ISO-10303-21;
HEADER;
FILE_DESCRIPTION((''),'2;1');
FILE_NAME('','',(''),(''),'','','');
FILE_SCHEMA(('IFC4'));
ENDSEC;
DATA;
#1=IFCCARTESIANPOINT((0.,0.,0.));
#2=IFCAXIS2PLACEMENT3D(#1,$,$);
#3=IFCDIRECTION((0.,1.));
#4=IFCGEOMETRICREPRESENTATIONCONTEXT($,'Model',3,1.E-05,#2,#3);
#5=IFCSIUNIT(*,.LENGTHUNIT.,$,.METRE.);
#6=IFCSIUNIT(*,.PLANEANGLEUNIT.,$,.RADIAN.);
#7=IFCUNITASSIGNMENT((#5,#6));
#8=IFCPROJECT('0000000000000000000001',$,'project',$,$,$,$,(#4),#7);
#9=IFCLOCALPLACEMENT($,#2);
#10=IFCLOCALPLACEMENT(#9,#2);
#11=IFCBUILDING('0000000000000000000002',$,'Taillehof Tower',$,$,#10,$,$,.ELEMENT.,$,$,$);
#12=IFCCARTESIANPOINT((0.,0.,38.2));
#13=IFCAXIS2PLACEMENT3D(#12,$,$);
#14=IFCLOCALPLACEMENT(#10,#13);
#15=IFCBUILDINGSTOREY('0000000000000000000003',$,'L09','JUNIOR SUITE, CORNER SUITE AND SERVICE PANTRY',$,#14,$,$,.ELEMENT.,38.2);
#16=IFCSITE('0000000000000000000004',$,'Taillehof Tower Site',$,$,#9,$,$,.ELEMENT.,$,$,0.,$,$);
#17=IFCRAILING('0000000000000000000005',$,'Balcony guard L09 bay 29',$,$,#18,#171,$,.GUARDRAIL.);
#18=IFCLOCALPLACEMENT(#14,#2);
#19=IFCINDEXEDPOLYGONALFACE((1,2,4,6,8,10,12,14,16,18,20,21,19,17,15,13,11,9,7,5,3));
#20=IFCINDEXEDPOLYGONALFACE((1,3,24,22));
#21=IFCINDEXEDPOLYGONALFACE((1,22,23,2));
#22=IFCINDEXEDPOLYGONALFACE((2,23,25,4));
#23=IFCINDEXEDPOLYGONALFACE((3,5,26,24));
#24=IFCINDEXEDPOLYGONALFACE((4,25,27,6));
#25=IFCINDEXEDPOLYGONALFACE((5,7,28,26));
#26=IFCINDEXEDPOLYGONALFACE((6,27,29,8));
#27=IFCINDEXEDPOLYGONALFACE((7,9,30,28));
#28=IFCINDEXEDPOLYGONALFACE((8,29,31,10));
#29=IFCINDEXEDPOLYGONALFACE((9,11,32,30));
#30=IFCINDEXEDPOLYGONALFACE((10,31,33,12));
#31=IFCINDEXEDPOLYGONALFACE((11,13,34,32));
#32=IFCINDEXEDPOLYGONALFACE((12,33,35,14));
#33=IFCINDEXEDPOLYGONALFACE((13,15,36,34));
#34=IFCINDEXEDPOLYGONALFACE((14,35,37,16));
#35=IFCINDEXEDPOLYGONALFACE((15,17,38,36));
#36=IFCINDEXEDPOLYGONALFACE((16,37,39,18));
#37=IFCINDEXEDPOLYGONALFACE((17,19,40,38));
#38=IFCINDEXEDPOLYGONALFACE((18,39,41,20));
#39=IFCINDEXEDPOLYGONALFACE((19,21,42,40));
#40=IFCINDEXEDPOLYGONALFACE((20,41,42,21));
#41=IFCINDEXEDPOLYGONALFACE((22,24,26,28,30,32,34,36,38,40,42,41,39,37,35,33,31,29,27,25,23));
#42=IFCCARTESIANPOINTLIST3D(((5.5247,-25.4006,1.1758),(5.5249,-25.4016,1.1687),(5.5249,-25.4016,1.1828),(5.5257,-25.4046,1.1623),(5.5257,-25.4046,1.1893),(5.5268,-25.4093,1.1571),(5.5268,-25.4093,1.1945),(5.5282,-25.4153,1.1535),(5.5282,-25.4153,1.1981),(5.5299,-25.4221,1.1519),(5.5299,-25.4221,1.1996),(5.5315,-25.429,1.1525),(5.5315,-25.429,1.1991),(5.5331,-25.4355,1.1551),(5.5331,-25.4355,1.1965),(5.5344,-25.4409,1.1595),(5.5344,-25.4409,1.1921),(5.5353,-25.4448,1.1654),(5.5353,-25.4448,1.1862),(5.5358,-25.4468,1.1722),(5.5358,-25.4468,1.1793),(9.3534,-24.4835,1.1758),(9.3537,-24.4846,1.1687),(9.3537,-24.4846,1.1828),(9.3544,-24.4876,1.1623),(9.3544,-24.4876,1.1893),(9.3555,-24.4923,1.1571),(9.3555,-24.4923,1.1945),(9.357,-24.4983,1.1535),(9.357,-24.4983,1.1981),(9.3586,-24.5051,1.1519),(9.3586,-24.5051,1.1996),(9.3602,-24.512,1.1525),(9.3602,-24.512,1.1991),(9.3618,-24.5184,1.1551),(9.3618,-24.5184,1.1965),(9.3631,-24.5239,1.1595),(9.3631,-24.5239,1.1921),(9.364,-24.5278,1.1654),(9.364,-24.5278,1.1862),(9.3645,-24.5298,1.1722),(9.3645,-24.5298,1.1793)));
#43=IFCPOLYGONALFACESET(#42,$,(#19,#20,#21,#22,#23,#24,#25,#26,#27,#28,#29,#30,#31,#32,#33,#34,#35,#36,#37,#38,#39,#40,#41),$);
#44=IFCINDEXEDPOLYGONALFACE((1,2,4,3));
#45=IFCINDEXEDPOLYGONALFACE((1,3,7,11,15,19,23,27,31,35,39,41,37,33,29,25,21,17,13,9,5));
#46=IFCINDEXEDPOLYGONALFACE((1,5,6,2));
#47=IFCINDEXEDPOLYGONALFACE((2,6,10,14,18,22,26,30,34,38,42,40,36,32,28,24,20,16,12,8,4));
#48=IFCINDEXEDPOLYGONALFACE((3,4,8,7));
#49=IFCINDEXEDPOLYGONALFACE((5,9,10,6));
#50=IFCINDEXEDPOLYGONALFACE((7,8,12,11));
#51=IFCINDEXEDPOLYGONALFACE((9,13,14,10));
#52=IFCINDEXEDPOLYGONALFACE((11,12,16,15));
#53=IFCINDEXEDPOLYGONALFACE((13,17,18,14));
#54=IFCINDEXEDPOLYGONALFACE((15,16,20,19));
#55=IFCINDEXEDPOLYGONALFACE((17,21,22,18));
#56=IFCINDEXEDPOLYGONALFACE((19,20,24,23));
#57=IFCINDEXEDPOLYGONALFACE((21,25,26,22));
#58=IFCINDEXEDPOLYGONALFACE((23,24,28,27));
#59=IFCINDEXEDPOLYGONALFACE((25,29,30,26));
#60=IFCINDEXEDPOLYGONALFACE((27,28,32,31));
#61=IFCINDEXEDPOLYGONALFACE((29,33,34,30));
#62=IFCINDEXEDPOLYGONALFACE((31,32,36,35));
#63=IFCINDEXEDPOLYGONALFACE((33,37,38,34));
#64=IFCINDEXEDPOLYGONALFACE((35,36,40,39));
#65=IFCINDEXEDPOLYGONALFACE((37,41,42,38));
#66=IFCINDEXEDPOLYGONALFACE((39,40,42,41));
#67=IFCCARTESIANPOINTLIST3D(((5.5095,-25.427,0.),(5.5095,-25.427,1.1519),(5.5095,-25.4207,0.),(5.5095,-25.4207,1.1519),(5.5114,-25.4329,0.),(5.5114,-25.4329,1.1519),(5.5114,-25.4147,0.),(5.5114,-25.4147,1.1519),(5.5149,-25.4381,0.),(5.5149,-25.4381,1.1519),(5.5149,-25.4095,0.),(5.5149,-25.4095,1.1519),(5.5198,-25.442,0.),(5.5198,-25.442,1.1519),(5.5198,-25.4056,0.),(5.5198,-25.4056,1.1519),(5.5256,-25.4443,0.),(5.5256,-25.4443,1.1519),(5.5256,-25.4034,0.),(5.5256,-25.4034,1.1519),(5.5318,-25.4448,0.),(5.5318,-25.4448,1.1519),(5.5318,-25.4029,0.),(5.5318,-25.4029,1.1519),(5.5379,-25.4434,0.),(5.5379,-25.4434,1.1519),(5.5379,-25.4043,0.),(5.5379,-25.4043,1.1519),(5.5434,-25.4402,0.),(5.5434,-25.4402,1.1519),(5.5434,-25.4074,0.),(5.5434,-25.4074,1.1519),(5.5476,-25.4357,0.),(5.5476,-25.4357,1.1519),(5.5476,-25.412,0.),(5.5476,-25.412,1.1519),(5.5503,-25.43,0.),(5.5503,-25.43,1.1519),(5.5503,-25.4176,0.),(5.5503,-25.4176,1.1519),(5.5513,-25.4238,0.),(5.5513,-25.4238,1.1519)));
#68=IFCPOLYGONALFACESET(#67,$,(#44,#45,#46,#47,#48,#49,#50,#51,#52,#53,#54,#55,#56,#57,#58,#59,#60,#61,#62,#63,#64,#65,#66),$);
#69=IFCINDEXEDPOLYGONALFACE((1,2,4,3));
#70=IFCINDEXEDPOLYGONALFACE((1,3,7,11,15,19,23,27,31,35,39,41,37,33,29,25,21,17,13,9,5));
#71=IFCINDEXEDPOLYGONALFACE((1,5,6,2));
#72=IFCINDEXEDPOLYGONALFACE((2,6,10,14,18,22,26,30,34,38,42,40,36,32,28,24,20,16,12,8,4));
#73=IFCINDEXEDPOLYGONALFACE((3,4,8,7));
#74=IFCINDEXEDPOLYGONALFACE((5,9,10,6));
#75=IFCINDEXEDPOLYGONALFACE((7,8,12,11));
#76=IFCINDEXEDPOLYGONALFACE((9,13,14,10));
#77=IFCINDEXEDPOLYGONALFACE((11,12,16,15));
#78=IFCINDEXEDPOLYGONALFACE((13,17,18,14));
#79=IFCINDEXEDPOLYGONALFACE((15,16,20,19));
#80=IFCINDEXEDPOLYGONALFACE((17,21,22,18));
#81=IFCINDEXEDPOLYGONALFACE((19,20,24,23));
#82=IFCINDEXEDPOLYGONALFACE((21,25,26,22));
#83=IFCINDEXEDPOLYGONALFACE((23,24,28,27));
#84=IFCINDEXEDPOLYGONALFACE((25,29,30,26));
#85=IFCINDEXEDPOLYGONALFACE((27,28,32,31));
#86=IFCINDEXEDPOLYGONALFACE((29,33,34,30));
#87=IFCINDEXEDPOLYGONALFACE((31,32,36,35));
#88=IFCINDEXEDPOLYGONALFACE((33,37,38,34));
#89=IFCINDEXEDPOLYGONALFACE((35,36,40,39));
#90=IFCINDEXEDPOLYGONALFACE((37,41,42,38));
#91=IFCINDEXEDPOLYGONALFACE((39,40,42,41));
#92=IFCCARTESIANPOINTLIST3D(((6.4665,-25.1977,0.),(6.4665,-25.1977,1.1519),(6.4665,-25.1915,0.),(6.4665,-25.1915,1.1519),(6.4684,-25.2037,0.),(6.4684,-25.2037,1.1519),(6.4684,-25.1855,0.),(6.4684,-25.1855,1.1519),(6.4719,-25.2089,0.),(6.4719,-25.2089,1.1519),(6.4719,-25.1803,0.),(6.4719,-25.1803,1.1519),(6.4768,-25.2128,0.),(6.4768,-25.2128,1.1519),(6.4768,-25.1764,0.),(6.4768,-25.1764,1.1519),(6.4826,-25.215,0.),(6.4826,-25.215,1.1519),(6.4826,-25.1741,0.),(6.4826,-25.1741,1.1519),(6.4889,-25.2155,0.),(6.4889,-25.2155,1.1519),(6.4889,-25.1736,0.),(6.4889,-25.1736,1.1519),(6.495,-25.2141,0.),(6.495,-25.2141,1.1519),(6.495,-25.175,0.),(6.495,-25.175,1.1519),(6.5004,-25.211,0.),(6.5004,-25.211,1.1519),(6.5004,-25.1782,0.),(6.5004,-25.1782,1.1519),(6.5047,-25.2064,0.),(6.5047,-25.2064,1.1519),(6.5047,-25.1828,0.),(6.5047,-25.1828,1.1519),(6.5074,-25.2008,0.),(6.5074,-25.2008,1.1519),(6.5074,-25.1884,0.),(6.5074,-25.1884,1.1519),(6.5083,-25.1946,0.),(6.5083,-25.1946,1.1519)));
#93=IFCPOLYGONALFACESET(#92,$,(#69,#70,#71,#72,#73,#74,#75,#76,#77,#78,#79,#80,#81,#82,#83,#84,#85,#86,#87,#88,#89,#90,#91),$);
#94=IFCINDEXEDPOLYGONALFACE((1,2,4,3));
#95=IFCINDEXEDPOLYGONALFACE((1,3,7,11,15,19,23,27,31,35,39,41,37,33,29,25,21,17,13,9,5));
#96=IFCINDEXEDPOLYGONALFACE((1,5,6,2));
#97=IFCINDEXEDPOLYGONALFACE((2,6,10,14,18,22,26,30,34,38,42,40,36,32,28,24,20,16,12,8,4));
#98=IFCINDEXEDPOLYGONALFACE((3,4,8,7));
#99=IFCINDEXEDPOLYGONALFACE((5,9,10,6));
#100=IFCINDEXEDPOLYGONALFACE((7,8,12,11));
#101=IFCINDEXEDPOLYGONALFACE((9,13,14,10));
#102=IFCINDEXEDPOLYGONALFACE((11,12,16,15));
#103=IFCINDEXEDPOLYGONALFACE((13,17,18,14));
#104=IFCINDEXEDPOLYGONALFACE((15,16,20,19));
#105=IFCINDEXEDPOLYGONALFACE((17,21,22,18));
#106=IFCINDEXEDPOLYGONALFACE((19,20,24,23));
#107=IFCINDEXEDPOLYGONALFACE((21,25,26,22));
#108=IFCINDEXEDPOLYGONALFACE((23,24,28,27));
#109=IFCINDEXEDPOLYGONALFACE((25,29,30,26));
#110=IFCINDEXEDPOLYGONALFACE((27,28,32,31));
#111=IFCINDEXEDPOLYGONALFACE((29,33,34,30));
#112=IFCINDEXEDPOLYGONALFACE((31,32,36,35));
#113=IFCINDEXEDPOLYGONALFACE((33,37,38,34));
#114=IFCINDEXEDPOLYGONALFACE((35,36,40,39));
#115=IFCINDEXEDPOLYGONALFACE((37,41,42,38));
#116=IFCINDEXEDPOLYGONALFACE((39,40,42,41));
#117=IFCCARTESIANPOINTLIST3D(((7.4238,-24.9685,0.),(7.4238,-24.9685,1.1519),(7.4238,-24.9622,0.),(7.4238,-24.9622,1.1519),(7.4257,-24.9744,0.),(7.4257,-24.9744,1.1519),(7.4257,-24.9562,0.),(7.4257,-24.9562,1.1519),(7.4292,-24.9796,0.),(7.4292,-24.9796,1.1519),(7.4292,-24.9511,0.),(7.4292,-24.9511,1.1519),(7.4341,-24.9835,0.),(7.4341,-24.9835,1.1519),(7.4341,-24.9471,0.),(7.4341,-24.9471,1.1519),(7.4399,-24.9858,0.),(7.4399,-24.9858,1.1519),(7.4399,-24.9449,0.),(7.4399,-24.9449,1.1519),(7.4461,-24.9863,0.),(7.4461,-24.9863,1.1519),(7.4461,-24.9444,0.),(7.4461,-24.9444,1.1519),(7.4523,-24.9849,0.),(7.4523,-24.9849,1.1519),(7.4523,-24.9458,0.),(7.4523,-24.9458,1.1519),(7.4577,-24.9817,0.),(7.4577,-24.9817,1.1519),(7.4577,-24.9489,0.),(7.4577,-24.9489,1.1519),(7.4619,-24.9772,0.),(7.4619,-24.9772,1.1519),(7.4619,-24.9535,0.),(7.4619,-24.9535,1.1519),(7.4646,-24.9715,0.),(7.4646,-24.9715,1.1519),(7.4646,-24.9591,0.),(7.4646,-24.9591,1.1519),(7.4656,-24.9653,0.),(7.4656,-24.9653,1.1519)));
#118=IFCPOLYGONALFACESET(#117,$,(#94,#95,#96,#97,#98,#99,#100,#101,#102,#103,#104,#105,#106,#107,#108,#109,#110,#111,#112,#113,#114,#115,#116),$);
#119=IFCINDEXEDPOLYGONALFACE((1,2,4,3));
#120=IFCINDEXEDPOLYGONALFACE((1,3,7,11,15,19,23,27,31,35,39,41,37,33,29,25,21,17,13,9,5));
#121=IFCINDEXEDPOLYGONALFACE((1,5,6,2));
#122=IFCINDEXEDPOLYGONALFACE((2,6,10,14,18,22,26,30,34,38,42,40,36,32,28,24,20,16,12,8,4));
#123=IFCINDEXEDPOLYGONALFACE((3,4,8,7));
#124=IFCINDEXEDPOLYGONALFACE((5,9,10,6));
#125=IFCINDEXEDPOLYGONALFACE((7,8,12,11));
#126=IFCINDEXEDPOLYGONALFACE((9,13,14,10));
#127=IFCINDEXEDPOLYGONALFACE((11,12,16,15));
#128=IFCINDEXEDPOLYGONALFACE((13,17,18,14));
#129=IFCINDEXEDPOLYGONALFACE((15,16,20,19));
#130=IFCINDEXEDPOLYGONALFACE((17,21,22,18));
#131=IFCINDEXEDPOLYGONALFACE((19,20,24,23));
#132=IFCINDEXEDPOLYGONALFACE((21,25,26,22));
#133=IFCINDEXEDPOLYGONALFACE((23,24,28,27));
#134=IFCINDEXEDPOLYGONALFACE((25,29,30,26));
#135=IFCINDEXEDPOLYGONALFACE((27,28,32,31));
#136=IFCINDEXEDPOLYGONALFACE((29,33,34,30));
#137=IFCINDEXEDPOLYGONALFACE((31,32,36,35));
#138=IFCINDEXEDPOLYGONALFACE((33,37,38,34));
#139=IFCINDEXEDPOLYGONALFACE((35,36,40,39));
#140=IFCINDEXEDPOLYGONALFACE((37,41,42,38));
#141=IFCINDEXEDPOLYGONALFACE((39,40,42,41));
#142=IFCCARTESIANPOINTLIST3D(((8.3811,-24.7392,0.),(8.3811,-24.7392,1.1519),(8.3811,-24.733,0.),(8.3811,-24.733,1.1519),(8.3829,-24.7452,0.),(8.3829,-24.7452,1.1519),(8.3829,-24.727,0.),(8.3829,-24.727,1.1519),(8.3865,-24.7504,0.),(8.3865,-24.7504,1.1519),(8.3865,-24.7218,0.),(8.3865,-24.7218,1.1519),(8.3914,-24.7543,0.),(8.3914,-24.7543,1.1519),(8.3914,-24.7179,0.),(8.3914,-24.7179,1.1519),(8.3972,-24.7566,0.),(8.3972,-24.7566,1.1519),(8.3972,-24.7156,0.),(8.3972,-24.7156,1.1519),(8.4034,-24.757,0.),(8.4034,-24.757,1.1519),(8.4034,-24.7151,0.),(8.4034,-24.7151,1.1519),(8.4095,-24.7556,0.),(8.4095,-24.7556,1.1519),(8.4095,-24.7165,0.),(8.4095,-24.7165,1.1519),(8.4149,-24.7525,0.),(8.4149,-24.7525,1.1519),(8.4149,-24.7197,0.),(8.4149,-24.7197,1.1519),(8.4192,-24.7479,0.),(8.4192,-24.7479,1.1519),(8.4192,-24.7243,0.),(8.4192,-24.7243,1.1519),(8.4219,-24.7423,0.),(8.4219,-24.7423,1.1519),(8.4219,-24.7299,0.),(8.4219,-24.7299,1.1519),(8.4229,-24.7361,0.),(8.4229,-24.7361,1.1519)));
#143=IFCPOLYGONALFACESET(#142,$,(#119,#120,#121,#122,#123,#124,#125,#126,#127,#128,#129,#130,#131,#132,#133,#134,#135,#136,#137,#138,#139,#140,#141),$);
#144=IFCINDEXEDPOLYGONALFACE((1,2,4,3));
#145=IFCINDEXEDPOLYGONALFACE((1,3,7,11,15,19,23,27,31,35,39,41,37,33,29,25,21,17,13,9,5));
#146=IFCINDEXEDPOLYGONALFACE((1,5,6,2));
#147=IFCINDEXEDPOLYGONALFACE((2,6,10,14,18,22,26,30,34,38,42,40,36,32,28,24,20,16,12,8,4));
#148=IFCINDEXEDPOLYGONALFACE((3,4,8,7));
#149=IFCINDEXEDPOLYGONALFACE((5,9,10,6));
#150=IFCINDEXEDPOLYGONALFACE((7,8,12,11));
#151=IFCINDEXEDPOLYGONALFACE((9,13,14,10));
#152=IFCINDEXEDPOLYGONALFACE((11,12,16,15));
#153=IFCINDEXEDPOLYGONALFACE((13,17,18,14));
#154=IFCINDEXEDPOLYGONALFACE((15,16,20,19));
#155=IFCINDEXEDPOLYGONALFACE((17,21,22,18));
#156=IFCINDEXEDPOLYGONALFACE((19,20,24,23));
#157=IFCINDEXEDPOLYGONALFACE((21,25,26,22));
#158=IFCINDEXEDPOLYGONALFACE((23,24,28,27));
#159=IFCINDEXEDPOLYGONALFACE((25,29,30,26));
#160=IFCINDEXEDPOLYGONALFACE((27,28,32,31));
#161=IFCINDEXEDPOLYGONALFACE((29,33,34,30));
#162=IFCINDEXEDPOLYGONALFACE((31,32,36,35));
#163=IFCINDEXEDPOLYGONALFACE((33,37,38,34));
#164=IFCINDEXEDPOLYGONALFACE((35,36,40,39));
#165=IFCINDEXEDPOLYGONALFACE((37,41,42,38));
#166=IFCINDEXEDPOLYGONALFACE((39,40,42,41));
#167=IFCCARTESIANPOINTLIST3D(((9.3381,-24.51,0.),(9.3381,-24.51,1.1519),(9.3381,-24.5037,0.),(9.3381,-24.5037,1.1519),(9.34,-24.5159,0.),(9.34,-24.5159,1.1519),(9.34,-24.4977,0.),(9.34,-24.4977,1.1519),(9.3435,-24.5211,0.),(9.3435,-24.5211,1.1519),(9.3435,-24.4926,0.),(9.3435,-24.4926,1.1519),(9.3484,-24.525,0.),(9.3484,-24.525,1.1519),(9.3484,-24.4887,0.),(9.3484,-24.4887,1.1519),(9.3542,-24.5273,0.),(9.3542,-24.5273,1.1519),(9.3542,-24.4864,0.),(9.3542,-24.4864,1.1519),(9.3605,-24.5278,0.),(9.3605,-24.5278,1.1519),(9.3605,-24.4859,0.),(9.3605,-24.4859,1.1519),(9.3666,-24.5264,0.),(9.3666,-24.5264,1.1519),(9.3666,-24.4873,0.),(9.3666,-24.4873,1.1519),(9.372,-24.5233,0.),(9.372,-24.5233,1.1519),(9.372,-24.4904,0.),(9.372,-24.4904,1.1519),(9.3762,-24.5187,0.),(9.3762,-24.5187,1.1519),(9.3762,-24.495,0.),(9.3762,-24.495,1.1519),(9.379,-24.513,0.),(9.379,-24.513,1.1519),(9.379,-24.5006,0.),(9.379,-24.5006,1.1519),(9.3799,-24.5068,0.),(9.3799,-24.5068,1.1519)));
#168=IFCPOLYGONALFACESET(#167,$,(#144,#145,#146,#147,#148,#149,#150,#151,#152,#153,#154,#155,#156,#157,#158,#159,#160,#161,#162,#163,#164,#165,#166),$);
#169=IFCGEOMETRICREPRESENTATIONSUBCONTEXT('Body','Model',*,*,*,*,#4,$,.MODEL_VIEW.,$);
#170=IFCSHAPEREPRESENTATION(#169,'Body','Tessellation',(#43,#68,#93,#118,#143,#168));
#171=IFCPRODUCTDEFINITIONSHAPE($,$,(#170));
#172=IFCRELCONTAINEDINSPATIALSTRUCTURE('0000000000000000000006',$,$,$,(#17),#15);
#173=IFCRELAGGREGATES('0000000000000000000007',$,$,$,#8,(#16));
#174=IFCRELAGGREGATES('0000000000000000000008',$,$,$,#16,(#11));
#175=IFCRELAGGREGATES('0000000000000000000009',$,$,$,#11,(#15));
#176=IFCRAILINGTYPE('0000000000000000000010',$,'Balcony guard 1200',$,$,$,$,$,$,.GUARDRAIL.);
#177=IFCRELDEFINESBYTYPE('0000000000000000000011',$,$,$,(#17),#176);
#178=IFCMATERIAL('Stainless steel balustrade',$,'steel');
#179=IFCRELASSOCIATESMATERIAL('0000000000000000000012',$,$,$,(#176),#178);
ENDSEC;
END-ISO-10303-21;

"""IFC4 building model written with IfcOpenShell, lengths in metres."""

from ifc_helpers import new_model, si_unit, direction, frame, origin, origin_2d, place, context, subcontext, project, spatial, circle, extrude, material, type_object, element, save


model = new_model("IFC4")

# Units and contexts
model_context = context("Model", 3, precision=1e-05, world=origin(), true_north=direction((0.0, 1.0)))
body_context = subcontext(model_context, "Body", "Model", "MODEL_VIEW")
ifc_project = project(units=[si_unit("LENGTHUNIT", "METRE"), si_unit("PLANEANGLEUNIT", "RADIAN")], contexts=[model_context])

# Site, building, storey
site_placement = place(None, origin())
site = spatial("IfcSite", under=ifc_project, at=site_placement, Name="Taillehof Tower Site", CompositionType="ELEMENT", RefElevation=0.0)
building_placement = place(site_placement, origin())
building = spatial("IfcBuilding", under=site, at=building_placement, Name="Taillehof Tower", CompositionType="ELEMENT")
storey_placement = place(building_placement, frame((0.0, 0.0, 38.2)))
storey = spatial("IfcBuildingStorey", under=building, at=storey_placement, Name="L09", Description="JUNIOR SUITE, CORNER SUITE AND SERVICE PANTRY", CompositionType="ELEMENT", Elevation=38.2)

# Railing
ifc_material_1 = material(Name="Stainless steel balustrade", Category="steel")
railing_type = type_object("IfcRailingType", Name="Balcony guard 1200", PredefinedType="GUARDRAIL", material=ifc_material_1)
railing_1_placement = place(storey_placement, frame((5.5303, -25.4238, 0.0)))
element("IfcRailing", 1, at=railing_1_placement, inside=storey, type_object=railing_type, Name="Balcony guard L09 bay 29", PredefinedType="GUARDRAIL", context=body_context, shape_type="SweptSolid", body=[
    extrude(circle(Radius=0.0239, at=origin_2d()), frame((0.0, 0.0, 1.1758), z_axis=(0.972495, 0.232923, 0.0), x_axis=(-0.232923, 0.972495, 0.0)), (0.0, 0.0, 1.0), 3.937),
    extrude(circle(Radius=0.021, at=origin_2d()), origin(), (0.0, 0.0, 1.0), 1.1519),
    extrude(circle(Radius=0.021, at=origin_2d()), frame((0.957, 0.2292, 0.0)), (0.0, 0.0, 1.0), 1.1519),
    extrude(circle(Radius=0.021, at=origin_2d()), frame((1.9143, 0.4585, 0.0)), (0.0, 0.0, 1.0), 1.1519),
    extrude(circle(Radius=0.021, at=origin_2d()), frame((2.8716, 0.6877, 0.0)), (0.0, 0.0, 1.0), 1.1519),
    extrude(circle(Radius=0.021, at=origin_2d()), frame((3.8286, 0.917, 0.0)), (0.0, 0.0, 1.0), 1.1519),
])

save(model, "model.ifc")
